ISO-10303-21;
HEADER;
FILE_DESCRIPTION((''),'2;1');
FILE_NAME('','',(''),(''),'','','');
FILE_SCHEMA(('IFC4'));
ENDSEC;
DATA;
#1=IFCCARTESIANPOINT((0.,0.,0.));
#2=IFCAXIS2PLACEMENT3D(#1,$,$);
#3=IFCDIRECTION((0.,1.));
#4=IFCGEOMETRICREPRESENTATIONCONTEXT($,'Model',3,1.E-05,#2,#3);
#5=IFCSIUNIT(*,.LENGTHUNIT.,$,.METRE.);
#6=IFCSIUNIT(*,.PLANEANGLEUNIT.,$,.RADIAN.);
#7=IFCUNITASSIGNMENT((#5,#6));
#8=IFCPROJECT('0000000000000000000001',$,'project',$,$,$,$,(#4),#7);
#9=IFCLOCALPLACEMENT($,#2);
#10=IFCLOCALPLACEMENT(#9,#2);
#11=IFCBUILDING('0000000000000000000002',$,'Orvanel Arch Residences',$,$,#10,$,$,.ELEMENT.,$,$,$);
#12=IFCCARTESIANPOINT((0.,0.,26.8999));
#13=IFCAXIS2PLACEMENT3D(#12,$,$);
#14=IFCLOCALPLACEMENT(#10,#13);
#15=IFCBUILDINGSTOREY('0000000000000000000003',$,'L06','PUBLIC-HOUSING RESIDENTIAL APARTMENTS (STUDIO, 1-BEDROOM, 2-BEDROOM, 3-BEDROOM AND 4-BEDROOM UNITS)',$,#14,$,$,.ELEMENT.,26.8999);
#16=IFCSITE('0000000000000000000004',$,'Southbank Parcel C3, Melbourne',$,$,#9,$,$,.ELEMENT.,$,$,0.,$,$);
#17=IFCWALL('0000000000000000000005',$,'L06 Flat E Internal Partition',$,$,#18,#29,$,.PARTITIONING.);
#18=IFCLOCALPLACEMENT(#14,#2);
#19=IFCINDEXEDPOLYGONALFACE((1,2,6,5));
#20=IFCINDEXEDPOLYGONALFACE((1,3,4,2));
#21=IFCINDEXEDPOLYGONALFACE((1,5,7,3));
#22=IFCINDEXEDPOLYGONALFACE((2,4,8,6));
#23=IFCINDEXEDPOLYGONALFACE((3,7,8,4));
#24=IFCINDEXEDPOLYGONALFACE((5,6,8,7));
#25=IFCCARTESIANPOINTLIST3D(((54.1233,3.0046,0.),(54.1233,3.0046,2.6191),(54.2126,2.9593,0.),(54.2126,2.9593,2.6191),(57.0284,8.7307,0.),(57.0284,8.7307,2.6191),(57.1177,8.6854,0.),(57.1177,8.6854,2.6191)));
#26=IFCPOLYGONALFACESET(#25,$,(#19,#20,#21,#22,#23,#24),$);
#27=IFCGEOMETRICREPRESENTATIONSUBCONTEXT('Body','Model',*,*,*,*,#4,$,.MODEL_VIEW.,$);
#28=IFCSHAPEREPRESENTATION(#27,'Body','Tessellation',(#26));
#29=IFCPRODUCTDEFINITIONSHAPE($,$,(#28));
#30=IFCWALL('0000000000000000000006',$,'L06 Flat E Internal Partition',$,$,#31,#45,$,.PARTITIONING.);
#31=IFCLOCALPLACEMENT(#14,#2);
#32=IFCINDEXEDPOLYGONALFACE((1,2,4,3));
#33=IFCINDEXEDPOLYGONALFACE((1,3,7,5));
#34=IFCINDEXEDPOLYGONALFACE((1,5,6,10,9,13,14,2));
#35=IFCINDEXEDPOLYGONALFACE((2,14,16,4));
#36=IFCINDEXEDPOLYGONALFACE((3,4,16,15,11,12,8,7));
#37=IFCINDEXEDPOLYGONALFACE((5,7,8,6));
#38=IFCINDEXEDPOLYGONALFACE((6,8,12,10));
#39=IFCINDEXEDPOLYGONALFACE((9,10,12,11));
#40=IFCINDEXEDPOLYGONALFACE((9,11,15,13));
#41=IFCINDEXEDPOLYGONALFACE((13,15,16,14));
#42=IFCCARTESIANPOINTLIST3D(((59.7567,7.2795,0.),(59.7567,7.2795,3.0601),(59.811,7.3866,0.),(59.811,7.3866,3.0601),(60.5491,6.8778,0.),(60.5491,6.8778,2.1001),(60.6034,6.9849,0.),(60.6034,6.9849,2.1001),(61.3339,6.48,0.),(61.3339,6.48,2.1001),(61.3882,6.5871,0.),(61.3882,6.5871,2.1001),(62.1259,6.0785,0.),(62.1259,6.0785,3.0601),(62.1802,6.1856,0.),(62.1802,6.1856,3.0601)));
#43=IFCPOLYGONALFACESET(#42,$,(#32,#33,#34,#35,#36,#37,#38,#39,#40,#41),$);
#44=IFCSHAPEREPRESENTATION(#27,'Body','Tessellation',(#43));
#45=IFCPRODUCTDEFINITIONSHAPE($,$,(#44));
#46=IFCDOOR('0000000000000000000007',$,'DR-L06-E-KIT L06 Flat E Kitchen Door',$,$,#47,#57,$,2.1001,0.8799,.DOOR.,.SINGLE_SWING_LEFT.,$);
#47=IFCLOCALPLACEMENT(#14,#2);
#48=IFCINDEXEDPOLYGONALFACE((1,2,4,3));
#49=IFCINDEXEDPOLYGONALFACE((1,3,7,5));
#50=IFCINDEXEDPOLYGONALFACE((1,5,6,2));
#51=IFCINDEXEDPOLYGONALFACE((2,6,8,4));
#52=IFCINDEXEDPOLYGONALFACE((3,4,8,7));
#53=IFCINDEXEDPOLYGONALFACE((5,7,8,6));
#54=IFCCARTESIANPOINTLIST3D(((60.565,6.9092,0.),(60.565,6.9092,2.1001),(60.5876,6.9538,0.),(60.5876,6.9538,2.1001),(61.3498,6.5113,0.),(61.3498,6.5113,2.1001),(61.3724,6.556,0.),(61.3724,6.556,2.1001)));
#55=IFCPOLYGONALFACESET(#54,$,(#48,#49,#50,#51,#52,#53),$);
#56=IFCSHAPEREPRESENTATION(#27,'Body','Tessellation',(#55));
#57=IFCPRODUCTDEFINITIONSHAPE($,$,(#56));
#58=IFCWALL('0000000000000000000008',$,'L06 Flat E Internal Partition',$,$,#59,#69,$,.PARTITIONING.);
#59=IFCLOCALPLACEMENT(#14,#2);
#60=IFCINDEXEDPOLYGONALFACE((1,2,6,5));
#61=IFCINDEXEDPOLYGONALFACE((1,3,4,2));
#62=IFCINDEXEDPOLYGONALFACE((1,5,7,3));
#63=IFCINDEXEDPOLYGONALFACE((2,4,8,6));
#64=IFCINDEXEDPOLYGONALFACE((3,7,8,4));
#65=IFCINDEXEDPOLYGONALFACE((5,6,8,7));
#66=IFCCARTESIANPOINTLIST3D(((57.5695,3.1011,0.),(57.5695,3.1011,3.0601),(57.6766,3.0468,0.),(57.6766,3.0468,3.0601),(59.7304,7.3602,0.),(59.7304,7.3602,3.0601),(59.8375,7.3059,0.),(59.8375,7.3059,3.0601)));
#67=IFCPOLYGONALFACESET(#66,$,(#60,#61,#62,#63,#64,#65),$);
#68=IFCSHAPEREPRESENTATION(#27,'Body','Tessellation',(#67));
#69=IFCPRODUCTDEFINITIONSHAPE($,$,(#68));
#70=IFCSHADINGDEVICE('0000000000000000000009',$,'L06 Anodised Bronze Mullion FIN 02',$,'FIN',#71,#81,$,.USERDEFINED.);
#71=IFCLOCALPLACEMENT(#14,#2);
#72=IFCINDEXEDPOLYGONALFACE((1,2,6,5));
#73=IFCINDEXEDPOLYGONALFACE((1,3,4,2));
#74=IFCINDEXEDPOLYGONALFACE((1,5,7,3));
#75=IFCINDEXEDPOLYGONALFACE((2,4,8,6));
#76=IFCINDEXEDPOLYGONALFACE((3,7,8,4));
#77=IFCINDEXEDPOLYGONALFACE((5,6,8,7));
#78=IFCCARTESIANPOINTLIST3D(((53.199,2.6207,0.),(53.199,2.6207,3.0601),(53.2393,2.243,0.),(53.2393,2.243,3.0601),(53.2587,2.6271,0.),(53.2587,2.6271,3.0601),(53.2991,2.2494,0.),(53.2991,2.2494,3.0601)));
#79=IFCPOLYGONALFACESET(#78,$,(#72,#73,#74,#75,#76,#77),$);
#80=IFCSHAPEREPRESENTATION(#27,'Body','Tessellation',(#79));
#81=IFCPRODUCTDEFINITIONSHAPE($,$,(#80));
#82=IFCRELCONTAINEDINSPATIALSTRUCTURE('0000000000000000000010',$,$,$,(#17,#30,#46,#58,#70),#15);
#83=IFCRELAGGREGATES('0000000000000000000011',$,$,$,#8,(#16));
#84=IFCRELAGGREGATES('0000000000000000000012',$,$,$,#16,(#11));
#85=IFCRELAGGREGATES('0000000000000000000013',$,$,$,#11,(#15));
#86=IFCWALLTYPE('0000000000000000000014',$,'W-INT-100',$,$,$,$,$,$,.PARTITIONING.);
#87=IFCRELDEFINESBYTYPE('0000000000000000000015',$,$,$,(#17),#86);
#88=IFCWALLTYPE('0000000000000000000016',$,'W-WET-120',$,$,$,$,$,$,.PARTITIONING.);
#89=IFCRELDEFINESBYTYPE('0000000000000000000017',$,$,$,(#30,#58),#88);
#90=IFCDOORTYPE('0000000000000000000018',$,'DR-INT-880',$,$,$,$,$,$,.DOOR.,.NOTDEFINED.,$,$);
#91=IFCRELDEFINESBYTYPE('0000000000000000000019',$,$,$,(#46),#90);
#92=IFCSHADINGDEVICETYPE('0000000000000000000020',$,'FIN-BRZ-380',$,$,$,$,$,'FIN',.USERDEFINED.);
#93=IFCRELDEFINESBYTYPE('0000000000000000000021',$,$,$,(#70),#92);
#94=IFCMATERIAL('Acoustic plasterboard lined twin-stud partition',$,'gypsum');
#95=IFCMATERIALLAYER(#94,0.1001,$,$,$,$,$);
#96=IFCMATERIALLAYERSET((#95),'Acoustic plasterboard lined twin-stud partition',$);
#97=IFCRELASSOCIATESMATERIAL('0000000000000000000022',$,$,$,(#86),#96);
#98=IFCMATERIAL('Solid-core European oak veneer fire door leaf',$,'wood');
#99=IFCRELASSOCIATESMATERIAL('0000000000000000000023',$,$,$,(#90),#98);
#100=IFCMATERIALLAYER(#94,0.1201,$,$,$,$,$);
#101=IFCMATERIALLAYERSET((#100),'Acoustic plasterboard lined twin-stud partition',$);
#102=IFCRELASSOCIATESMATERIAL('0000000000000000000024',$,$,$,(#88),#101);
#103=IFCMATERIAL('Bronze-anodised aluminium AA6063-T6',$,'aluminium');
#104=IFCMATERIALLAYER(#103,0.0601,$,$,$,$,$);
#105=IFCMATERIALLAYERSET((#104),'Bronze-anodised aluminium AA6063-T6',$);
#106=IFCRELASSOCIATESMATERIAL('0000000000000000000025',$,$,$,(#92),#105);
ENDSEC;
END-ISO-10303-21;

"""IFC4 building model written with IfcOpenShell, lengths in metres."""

from ifc_helpers import new_model, si_unit, direction, frame, frame_2d, origin, origin_2d, place, context, subcontext, project, spatial, rectangle, extrude, material, layer, layer_set, type_object, element, fill, save


model = new_model("IFC4")

# Units and contexts
model_context = context("Model", 3, precision=1e-05, world=origin(), true_north=direction((0.0, 1.0)))
body_context = subcontext(model_context, "Body", "Model", "MODEL_VIEW")
ifc_project = project(units=[si_unit("LENGTHUNIT", "METRE"), si_unit("PLANEANGLEUNIT", "RADIAN")], contexts=[model_context])

# Site, building, storey
site_placement = place(None, origin())
site = spatial("IfcSite", under=ifc_project, at=site_placement, Name="Southbank Parcel C3, Melbourne", CompositionType="ELEMENT", RefElevation=0.0)
building_placement = place(site_placement, origin())
building = spatial("IfcBuilding", under=site, at=building_placement, Name="Orvanel Arch Residences", CompositionType="ELEMENT")
storey_placement = place(building_placement, frame((0.0, 0.0, 26.8999)))
storey = spatial("IfcBuildingStorey", under=building, at=storey_placement, Name="L06", Description="PUBLIC-HOUSING RESIDENTIAL APARTMENTS (STUDIO, 1-BEDROOM, 2-BEDROOM, 3-BEDROOM AND 4-BEDROOM UNITS)", CompositionType="ELEMENT", Elevation=26.8999)

# Shared definitions
ifc_material_1 = material(Name="Bronze-anodised aluminium AA6063-T6", Category="aluminium")

# Shared definitions
ifc_material_2 = material(Name="Acoustic plasterboard lined twin-stud partition", Category="gypsum")
ifc_layer_1 = layer(ifc_material_2, 0.1001)
ifc_layer_set_1 = layer_set([ifc_layer_1], Name="Acoustic plasterboard lined twin-stud partition")
wall_type_1 = type_object("IfcWallType", Name="W-INT-100", PredefinedType="PARTITIONING", material=ifc_layer_set_1)
ifc_material_3 = material(Name="Solid-core European oak veneer fire door leaf", Category="wood")
door_type = type_object("IfcDoorType", Name="DR-INT-880", OperationType="NOTDEFINED", PredefinedType="DOOR", material=ifc_material_3)

# Wall
wall_1_placement = place(storey_placement, frame((54.168, 2.9819, 0.0), z_axis=(0.0, 0.0, 1.0), x_axis=(0.452438, 0.891796, 0.0)))
element("IfcWall", 1, at=wall_1_placement, inside=storey, type_object=wall_type_1, Name="L06 Flat E Internal Partition", PredefinedType="PARTITIONING", context=body_context, shape_type="SweptSolid", body=[
    extrude(rectangle(XDim=6.4209, YDim=0.1001, at=frame_2d((3.2104, 0.0))), origin(), (0.0, 0.0, 1.0), 2.6191),
])

# Wall, opening, door
ifc_layer_2 = layer(ifc_material_2, 0.1201)
ifc_layer_set_2 = layer_set([ifc_layer_2], Name="Acoustic plasterboard lined twin-stud partition")
wall_type_2 = type_object("IfcWallType", Name="W-WET-120", PredefinedType="PARTITIONING", material=ifc_layer_set_2)
wall_2_placement = place(storey_placement, frame((62.1531, 6.1321, 0.0), z_axis=(0.0, 0.0, 1.0), x_axis=(-0.89195, 0.452133, 0.0)))
wall_2 = element("IfcWall", 2, at=wall_2_placement, inside=storey, type_object=wall_type_2, Name="L06 Flat E Internal Partition", PredefinedType="PARTITIONING", context=body_context, shape_type="SweptSolid", body=[
    extrude(rectangle(XDim=2.6562, YDim=0.1201, at=frame_2d((1.3281, 0.0))), origin(), (0.0, 0.0, 1.0), 3.0601),
])
opening_1_placement = place(wall_2_placement, frame((0.8879, 0.0, 0.0)))
opening_1 = element("IfcOpeningElement", 3, at=opening_1_placement, cuts=wall_2, PredefinedType="OPENING", context=body_context, shape_type="SweptSolid", body=[
    extrude(rectangle(XDim=0.8799, YDim=2.1001, at=frame_2d((0.4399, 1.05))), frame((0.0, 0.0701, 0.0), z_axis=(0.0, -1.0, 0.0), x_axis=(1.0, 0.0, 0.0)), (0.0, 0.0, 1.0), 0.1401),
])
door_1_placement = place(opening_1_placement, origin())
door_1 = element("IfcDoor", 4, at=door_1_placement, inside=storey, type_object=door_type, Name="DR-L06-E-KIT L06 Flat E Kitchen Door", OperationType="SINGLE_SWING_LEFT", OverallHeight=2.1001, OverallWidth=0.8799, PredefinedType="DOOR", context=body_context, shape_type="SweptSolid", body=[
    extrude(rectangle(XDim=0.8799, YDim=2.1001, at=frame_2d((0.4399, 1.05))), frame((0.0, 0.0249, 0.0), z_axis=(0.0, -1.0, 0.0), x_axis=(1.0, 0.0, 0.0)), (0.0, 0.0, 1.0), 0.05),
])
fill(opening_1, door_1)

# Wall
wall_3_placement = place(storey_placement, frame((57.623, 3.074, 0.0), z_axis=(0.0, 0.0, 1.0), x_axis=(0.452461, 0.891784, 0.0)))
element("IfcWall", 5, at=wall_3_placement, inside=storey, type_object=wall_type_2, Name="L06 Flat E Internal Partition", PredefinedType="PARTITIONING", context=body_context, shape_type="SweptSolid", body=[
    extrude(rectangle(XDim=4.7759, YDim=0.1201, at=frame_2d((2.3879, 0.0))), origin(), (0.0, 0.0, 1.0), 3.0601),
])

# Shading device
ifc_layer_3 = layer(ifc_material_1, 0.0601)
ifc_layer_set_3 = layer_set([ifc_layer_3], Name="Bronze-anodised aluminium AA6063-T6")
shading_device_type = type_object("IfcShadingDeviceType", Name="FIN-BRZ-380", ElementType="FIN", PredefinedType="USERDEFINED", material=ifc_layer_set_3)
shading_device_placement = place(storey_placement, frame((53.249, 2.4351, 0.0), z_axis=(0.0, 0.0, 1.0), x_axis=(0.106264, -0.994338, 0.0)))
element("IfcShadingDevice", 6, at=shading_device_placement, inside=storey, type_object=shading_device_type, Name="L06 Anodised Bronze Mullion FIN 02", ObjectType="FIN", PredefinedType="USERDEFINED", context=body_context, shape_type="SweptSolid", body=[
    extrude(rectangle(XDim=0.3799, YDim=0.0601, at=origin_2d()), origin(), (0.0, 0.0, 1.0), 3.0601),
])

save(model, "model.ifc")
